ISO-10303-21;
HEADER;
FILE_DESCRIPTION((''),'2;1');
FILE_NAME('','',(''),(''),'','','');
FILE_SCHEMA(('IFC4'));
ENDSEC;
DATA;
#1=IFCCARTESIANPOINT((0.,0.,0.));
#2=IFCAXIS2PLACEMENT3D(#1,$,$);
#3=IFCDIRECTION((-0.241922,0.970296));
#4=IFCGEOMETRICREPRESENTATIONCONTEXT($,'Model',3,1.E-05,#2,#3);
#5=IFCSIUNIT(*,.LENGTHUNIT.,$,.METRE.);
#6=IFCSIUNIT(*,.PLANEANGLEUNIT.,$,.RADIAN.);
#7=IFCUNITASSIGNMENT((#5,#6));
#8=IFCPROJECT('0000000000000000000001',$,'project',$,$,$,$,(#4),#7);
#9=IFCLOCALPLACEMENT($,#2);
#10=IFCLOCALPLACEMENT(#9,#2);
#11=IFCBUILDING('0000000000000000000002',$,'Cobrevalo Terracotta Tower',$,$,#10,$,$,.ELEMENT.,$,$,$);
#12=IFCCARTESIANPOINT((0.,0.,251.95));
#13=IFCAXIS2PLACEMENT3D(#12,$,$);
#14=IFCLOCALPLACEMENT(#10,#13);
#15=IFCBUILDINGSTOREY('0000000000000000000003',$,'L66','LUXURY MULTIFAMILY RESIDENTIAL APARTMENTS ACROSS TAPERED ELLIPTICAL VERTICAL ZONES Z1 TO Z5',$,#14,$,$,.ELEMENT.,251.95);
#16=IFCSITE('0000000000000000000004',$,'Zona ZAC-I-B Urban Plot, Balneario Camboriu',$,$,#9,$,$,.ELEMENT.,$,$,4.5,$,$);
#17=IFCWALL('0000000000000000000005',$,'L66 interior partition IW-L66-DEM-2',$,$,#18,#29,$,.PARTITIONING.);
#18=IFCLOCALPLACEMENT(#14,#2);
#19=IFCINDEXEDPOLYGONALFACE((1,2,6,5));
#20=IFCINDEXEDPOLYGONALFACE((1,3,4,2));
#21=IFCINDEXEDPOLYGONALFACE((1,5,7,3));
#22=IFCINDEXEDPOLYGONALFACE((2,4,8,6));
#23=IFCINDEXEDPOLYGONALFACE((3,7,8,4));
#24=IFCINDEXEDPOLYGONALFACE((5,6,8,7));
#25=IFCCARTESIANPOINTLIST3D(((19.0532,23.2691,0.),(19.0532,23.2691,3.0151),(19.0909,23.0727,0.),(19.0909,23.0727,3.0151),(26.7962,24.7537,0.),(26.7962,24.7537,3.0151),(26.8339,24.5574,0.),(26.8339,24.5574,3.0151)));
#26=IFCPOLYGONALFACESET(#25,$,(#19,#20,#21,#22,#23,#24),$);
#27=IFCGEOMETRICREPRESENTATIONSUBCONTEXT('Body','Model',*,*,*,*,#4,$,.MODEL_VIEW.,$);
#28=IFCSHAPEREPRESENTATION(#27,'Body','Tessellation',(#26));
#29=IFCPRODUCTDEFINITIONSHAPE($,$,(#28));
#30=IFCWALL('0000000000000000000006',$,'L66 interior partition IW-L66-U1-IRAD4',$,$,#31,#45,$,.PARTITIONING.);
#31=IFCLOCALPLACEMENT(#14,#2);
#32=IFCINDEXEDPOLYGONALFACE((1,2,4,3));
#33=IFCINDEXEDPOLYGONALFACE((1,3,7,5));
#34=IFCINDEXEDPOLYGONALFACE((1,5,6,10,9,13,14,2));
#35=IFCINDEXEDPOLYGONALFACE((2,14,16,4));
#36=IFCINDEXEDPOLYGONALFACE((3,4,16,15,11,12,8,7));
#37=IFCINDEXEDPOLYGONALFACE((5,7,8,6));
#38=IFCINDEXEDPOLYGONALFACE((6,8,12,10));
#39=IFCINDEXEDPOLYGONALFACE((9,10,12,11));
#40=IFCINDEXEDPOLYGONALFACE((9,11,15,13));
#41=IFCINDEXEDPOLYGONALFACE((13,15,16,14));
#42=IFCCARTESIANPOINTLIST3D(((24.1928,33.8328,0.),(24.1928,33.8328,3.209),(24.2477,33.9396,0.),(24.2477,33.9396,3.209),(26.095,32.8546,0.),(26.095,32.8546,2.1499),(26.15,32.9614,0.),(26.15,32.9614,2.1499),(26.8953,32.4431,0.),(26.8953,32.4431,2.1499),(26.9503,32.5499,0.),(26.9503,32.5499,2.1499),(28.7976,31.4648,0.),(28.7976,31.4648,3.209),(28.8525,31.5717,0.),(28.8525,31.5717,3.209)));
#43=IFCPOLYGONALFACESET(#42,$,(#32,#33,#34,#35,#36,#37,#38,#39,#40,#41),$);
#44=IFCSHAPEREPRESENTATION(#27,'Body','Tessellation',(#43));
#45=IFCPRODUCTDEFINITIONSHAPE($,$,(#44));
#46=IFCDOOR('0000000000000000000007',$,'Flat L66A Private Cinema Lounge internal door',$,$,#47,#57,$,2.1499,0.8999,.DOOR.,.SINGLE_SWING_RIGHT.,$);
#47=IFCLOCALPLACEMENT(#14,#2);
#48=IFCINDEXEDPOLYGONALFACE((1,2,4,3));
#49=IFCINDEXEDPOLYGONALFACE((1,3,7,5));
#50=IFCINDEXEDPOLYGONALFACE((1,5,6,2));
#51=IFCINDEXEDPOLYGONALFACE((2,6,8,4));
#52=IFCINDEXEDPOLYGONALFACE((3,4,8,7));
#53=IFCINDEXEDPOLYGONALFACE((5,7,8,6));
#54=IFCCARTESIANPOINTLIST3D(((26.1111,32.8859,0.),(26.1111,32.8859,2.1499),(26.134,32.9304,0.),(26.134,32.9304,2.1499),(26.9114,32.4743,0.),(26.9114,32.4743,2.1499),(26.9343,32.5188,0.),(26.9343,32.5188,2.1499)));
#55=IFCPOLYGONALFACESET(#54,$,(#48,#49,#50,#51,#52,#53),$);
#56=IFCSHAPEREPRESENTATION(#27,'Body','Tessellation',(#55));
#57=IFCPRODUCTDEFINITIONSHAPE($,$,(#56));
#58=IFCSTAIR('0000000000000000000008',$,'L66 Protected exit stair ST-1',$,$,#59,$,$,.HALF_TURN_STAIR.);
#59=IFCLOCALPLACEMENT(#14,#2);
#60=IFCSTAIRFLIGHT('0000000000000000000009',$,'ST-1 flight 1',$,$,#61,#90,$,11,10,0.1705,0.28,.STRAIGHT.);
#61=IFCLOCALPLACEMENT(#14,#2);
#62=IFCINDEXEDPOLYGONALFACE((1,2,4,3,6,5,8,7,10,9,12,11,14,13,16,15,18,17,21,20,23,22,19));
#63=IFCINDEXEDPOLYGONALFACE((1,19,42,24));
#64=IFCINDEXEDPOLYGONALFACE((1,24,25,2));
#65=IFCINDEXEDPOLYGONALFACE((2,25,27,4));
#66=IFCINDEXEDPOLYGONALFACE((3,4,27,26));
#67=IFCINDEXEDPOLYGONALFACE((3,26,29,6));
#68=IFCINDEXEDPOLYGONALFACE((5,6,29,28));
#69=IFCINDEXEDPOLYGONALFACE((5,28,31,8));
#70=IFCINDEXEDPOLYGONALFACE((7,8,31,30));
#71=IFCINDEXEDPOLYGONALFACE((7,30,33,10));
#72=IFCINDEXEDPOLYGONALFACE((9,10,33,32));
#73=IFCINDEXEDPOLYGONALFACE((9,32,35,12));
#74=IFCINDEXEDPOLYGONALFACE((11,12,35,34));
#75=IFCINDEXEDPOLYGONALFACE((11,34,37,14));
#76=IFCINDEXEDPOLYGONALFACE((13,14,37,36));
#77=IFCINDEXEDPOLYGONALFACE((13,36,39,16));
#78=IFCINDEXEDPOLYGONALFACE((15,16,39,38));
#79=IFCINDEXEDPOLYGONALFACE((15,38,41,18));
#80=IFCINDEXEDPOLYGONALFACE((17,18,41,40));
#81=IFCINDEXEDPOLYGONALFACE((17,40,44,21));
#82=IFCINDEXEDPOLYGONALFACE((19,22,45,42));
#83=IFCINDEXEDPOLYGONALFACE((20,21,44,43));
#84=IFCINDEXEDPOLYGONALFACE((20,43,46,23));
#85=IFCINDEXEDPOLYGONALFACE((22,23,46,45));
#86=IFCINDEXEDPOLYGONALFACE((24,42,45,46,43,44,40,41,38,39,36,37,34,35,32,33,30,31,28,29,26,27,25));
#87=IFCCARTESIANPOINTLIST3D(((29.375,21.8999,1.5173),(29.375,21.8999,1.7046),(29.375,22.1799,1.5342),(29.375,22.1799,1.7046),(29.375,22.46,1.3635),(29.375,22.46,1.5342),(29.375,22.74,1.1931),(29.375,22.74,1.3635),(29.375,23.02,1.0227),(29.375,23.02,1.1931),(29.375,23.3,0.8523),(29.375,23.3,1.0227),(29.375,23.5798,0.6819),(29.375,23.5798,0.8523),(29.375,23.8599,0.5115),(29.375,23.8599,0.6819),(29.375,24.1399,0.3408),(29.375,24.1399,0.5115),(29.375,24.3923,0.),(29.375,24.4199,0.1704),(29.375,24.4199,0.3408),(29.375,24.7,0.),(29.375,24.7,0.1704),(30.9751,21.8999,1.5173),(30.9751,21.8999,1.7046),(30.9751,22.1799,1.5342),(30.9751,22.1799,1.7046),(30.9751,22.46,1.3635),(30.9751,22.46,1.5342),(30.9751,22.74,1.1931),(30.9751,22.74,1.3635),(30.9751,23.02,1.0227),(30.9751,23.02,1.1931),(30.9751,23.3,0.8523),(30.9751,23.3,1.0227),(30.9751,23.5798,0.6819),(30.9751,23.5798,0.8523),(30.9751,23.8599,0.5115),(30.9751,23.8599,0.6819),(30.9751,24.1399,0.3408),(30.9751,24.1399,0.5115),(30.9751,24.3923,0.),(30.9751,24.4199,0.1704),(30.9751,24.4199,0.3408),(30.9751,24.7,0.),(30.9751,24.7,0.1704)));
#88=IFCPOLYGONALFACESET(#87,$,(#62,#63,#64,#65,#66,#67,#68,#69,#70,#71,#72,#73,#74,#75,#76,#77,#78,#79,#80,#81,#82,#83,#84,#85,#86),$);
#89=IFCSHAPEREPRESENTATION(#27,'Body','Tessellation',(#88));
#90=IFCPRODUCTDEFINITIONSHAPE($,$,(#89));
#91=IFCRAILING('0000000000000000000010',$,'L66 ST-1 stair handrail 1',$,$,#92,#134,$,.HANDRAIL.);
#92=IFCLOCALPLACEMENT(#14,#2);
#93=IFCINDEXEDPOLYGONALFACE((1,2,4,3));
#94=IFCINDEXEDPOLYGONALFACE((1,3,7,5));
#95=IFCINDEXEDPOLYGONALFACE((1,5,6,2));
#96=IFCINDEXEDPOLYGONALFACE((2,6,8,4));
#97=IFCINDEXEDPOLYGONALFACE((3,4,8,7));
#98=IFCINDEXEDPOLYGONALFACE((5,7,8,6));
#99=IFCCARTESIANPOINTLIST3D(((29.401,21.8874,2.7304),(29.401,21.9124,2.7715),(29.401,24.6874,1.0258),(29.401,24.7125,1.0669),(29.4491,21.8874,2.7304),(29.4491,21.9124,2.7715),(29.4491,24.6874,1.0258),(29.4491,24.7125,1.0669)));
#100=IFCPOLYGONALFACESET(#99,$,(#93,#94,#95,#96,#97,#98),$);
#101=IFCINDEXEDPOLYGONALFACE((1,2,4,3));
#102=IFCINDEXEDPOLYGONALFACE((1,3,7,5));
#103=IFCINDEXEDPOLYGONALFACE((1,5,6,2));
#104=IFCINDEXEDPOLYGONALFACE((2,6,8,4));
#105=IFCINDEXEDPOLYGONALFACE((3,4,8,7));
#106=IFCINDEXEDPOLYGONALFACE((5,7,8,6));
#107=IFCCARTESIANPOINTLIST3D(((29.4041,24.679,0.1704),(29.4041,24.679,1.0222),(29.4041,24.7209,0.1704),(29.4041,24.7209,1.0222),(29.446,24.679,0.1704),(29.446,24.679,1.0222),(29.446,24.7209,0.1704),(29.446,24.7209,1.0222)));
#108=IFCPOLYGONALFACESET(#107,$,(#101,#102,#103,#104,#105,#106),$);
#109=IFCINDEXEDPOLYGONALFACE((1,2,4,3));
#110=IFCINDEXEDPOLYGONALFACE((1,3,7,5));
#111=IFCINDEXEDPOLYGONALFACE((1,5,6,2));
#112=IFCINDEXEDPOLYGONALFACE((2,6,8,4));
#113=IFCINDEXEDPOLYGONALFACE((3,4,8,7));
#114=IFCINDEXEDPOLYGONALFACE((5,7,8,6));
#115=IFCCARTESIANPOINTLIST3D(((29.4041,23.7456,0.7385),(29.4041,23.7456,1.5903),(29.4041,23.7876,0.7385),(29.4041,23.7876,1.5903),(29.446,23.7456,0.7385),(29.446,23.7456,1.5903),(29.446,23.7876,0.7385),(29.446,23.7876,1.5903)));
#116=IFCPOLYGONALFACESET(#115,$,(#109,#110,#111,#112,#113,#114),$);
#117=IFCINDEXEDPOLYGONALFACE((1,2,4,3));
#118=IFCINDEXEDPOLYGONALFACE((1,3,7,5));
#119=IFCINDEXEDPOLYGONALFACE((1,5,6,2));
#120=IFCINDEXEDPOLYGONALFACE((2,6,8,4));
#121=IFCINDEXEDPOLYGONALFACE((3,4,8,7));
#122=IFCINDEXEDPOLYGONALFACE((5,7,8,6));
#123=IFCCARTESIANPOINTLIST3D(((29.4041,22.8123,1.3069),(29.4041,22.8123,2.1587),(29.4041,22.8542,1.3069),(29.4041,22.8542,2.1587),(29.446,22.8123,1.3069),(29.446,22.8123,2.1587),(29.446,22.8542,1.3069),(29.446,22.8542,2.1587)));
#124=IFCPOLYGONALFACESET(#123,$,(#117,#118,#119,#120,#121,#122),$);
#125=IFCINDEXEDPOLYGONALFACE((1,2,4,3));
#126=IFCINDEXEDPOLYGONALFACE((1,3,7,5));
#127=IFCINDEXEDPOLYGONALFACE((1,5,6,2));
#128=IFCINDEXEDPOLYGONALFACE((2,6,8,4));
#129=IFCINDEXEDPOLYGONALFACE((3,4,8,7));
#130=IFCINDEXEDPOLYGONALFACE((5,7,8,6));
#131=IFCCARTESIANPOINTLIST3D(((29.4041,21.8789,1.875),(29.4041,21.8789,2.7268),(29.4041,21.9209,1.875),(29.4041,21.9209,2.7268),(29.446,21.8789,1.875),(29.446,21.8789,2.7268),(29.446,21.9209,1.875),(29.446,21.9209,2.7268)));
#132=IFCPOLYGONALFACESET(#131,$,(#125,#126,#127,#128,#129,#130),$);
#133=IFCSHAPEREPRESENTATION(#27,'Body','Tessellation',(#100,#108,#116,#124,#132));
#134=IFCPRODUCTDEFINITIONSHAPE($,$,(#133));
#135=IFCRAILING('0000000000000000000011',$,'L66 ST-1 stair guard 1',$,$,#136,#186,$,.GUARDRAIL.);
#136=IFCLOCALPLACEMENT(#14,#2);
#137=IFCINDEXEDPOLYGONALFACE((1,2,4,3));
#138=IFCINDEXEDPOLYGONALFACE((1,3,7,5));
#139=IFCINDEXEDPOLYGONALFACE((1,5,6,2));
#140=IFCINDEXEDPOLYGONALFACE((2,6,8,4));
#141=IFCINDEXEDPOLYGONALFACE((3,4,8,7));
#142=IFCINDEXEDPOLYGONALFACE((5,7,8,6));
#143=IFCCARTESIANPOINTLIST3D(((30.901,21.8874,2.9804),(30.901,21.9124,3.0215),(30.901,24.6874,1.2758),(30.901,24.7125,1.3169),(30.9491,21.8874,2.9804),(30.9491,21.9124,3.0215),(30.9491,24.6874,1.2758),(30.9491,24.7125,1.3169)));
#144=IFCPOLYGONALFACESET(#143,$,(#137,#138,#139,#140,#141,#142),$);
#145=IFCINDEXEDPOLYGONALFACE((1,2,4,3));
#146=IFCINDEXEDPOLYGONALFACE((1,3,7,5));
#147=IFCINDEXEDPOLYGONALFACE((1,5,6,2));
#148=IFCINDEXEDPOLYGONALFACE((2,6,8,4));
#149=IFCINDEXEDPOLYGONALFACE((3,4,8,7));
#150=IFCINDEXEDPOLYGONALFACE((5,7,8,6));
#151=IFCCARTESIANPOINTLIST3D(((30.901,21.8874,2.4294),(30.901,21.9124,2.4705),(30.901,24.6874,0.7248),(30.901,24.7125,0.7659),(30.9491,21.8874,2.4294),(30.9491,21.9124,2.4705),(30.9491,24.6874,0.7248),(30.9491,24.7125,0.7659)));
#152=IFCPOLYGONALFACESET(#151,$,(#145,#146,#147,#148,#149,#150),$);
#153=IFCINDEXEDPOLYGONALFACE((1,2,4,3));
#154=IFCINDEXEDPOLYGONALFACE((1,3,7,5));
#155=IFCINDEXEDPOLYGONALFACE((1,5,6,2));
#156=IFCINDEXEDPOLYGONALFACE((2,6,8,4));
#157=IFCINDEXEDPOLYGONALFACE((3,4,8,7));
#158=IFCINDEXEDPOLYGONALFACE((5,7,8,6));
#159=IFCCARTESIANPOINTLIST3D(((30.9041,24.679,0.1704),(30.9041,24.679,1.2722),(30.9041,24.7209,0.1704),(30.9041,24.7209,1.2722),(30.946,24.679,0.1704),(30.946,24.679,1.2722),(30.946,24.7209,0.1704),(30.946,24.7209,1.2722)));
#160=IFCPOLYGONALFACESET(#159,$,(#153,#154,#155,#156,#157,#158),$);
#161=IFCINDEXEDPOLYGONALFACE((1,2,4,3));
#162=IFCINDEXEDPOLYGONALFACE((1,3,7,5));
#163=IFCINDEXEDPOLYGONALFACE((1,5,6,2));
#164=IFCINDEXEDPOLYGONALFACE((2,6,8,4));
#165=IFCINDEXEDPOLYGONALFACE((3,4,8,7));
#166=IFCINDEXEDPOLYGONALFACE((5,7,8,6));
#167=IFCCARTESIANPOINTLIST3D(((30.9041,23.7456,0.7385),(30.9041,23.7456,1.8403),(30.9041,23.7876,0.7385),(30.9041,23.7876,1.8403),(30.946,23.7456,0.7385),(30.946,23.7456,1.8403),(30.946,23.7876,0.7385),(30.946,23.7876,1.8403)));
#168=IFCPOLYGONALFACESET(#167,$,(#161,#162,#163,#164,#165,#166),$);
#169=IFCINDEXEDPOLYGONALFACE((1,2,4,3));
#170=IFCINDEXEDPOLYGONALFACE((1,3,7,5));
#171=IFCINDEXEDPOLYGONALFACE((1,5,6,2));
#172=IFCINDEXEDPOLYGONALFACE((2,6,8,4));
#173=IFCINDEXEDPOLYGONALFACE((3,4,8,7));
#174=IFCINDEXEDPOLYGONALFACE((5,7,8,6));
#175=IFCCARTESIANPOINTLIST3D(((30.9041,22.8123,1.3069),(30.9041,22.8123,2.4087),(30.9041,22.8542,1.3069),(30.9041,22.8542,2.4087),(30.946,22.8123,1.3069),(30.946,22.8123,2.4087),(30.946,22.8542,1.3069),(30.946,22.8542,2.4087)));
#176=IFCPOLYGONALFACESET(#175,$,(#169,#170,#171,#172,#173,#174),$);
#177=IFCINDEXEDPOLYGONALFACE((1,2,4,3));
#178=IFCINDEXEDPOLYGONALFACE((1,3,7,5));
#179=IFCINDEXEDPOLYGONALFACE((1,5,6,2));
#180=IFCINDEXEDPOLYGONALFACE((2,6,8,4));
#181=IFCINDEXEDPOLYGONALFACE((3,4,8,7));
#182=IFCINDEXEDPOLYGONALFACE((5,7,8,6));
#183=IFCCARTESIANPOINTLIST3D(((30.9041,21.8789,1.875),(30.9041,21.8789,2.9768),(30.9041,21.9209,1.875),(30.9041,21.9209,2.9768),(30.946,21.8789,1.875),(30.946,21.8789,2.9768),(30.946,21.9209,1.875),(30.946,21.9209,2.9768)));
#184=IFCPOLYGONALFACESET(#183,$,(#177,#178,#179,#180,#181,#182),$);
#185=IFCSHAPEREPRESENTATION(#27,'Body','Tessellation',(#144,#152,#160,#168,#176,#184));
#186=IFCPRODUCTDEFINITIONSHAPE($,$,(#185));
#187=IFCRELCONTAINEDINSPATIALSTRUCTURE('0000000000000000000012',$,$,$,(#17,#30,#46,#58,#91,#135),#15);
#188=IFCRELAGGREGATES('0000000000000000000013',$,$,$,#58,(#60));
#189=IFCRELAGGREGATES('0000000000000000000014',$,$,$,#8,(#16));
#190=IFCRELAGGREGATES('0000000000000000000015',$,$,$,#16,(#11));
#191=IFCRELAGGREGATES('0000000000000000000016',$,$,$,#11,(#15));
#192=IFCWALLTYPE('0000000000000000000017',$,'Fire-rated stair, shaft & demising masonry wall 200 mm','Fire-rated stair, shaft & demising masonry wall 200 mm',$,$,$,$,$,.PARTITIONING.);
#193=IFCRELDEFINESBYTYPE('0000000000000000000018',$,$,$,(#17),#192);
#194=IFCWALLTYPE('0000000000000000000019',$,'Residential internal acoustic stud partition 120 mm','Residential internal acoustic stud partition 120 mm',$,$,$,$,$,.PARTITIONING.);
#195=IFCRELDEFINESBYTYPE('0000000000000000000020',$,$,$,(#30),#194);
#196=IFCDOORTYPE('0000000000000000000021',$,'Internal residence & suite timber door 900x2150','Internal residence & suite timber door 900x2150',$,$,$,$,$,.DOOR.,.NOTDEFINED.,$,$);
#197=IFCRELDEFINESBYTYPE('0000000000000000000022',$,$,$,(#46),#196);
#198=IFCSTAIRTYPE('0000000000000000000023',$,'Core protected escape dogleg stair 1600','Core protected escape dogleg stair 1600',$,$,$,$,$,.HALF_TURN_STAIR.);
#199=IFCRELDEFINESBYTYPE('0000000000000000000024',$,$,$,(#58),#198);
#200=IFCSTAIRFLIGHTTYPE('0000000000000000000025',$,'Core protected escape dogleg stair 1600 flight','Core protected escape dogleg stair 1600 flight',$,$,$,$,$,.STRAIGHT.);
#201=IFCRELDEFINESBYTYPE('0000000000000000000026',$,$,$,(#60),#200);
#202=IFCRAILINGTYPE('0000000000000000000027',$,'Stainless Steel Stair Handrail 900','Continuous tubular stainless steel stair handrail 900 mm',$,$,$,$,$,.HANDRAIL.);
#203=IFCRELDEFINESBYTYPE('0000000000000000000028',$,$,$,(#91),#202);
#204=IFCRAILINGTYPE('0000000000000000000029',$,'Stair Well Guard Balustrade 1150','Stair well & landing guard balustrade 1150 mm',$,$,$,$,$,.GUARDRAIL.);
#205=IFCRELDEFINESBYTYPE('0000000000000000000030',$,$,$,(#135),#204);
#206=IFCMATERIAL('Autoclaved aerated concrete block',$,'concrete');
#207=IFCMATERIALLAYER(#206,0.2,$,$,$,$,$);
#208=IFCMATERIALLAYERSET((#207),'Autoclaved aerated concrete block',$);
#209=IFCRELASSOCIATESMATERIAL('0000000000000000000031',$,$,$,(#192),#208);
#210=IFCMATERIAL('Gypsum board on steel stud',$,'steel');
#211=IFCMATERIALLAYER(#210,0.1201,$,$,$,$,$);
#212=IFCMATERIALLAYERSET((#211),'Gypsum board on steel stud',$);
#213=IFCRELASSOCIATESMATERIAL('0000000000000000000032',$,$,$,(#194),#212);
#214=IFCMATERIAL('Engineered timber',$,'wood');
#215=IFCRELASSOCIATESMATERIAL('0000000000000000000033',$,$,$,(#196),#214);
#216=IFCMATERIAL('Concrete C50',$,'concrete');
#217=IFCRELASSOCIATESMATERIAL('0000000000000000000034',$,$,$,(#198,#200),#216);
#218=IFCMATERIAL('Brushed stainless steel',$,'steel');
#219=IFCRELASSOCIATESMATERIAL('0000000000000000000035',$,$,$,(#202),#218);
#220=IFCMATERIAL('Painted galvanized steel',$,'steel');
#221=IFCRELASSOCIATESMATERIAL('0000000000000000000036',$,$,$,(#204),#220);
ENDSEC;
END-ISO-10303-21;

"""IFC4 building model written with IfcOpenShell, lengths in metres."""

from ifc_helpers import new_model, si_unit, direction, frame, frame_2d, origin, origin_2d, place, context, subcontext, project, spatial, polyline, rectangle, outline, extrude, source, transform, mapped, material, layer, layer_set, type_object, element, fill, aggregate, save


model = new_model("IFC4")

# Units and contexts
model_context = context("Model", 3, precision=1e-05, world=origin(), true_north=direction((-0.241922, 0.970296)))
body_context = subcontext(model_context, "Body", "Model", "MODEL_VIEW")
ifc_project = project(units=[si_unit("LENGTHUNIT", "METRE"), si_unit("PLANEANGLEUNIT", "RADIAN")], contexts=[model_context])

# Site, building, storey
site_placement = place(None, origin())
site = spatial("IfcSite", under=ifc_project, at=site_placement, Name="Zona ZAC-I-B Urban Plot, Balneario Camboriu", CompositionType="ELEMENT", RefElevation=4.5)
building_placement = place(site_placement, origin())
building = spatial("IfcBuilding", under=site, at=building_placement, Name="Cobrevalo Terracotta Tower", CompositionType="ELEMENT")
storey_placement = place(building_placement, frame((0.0, 0.0, 251.95)))
storey = spatial("IfcBuildingStorey", under=building, at=storey_placement, Name="L66", Description="LUXURY MULTIFAMILY RESIDENTIAL APARTMENTS ACROSS TAPERED ELLIPTICAL VERTICAL ZONES Z1 TO Z5", CompositionType="ELEMENT", Elevation=251.95)

# Shared definitions
ifc_material_1 = material(Name="Gypsum board on steel stud", Category="steel")

# Shared definitions
ifc_material_2 = material(Name="Brushed stainless steel", Category="steel")

# Wall
ifc_material_3 = material(Name="Autoclaved aerated concrete block", Category="concrete")
ifc_layer_1 = layer(ifc_material_3, 0.2)
ifc_layer_set_1 = layer_set([ifc_layer_1], Name="Autoclaved aerated concrete block")
wall_type_1 = type_object("IfcWallType", Name="Fire-rated stair, shaft & demising masonry wall 200 mm", Description="Fire-rated stair, shaft & demising masonry wall 200 mm", PredefinedType="PARTITIONING", material=ifc_layer_set_1)
wall_1_placement = place(storey_placement, frame((26.8149, 24.6555, 0.0), z_axis=(0.0, 0.0, 1.0), x_axis=(-0.98211, -0.188309, 0.0)))
element("IfcWall", 1, at=wall_1_placement, inside=storey, type_object=wall_type_1, Name="L66 interior partition IW-L66-DEM-2", PredefinedType="PARTITIONING", context=body_context, shape_type="SweptSolid", body=[
    extrude(rectangle(XDim=7.884, YDim=0.2, at=frame_2d((3.9419, 0.0))), origin(), (0.0, 0.0, 1.0), 3.0151),
])

# Wall, opening, door
ifc_layer_2 = layer(ifc_material_1, 0.1201)
ifc_layer_set_2 = layer_set([ifc_layer_2], Name="Gypsum board on steel stud")
wall_type_2 = type_object("IfcWallType", Name="Residential internal acoustic stud partition 120 mm", Description="Residential internal acoustic stud partition 120 mm", PredefinedType="PARTITIONING", material=ifc_layer_set_2)
wall_2_placement = place(storey_placement, frame((28.825, 31.5183, 0.0), z_axis=(0.0, 0.0, 1.0), x_axis=(-0.889306, 0.457313, 0.0)))
wall_2 = element("IfcWall", 2, at=wall_2_placement, inside=storey, type_object=wall_type_2, Name="L66 interior partition IW-L66-U1-IRAD4", PredefinedType="PARTITIONING", context=body_context, shape_type="SweptSolid", body=[
    extrude(rectangle(XDim=5.178, YDim=0.1201, at=frame_2d((2.5889, 0.0))), origin(), (0.0, 0.0, 1.0), 3.209),
])
opening_1_placement = place(wall_2_placement, frame((2.1389, 0.0, 0.0)))
opening_1 = element("IfcOpeningElement", 3, at=opening_1_placement, cuts=wall_2, PredefinedType="OPENING", context=body_context, shape_type="SweptSolid", body=[
    extrude(rectangle(XDim=0.8999, YDim=2.1499, at=frame_2d((0.45, 1.075))), frame((0.0, 0.0701, 0.0), z_axis=(0.0, -1.0, 0.0), x_axis=(1.0, 0.0, 0.0)), (0.0, 0.0, 1.0), 0.1401),
])
ifc_material_4 = material(Name="Engineered timber", Category="wood")
door_type_1 = type_object("IfcDoorType", Name="Internal residence & suite timber door 900x2150", Description="Internal residence & suite timber door 900x2150", OperationType="NOTDEFINED", PredefinedType="DOOR", material=ifc_material_4)
shared_shape_1 = source(origin(), body_context, "Body", "SweptSolid", [
    extrude(rectangle(XDim=0.8999, YDim=2.1499, at=frame_2d((0.45, 1.075))), frame((0.0, 0.0249, 0.0), z_axis=(0.0, -1.0, 0.0), x_axis=(1.0, 0.0, 0.0)), (0.0, 0.0, 1.0), 0.05),
])
door_1_placement = place(opening_1_placement, origin())
door_1 = element("IfcDoor", 4, at=door_1_placement, inside=storey, type_object=door_type_1, Name="Flat L66A Private Cinema Lounge internal door", OperationType="SINGLE_SWING_RIGHT", OverallHeight=2.1499, OverallWidth=0.8999, PredefinedType="DOOR", context=body_context, shape_type="MappedRepresentation", body=[
    mapped(shared_shape_1, transform((0.0, 0.0, 0.0), scale=1.0)),
])
fill(opening_1, door_1)
ifc_material_5 = material(Name="Concrete C50", Category="concrete")

# Stair, stair flight
stair_type = type_object("IfcStairType", Name="Core protected escape dogleg stair 1600", Description="Core protected escape dogleg stair 1600", PredefinedType="HALF_TURN_STAIR", material=ifc_material_5)
stair_placement = place(storey_placement, origin())
stair = element("IfcStair", 5, at=stair_placement, inside=storey, type_object=stair_type, Name="L66 Protected exit stair ST-1", PredefinedType="HALF_TURN_STAIR")
stair_flight_type = type_object("IfcStairFlightType", Name="Core protected escape dogleg stair 1600 flight", Description="Core protected escape dogleg stair 1600 flight", PredefinedType="STRAIGHT", material=ifc_material_5)
stair_flight_placement = place(storey_placement, frame((30.175, 24.7, 0.0), z_axis=(0.0, 0.0, 1.0), x_axis=(0.0, -1.0, 0.0)))
stair_flight = element("IfcStairFlight", 6, at=stair_flight_placement, type_object=stair_flight_type, Name="ST-1 flight 1", NumberOfRisers=11, NumberOfTreads=10, PredefinedType="STRAIGHT", RiserHeight=0.1705, TreadLength=0.28, context=body_context, shape_type="SweptSolid", body=[
    extrude(outline(polyline([(0.0, 0.0), (0.0, 0.1704), (0.28, 0.1704), (0.28, 0.3408), (0.5601, 0.3408), (0.5601, 0.5115), (0.8401, 0.5115), (0.8401, 0.6819), (1.1201, 0.6819), (1.1201, 0.8523), (1.3999, 0.8523), (1.3999, 1.0227), (1.6799, 1.0227), (1.6799, 1.1931), (1.96, 1.1931), (1.96, 1.3635), (2.24, 1.3635), (2.24, 1.5342), (2.52, 1.5342), (2.52, 1.7046), (2.8, 1.7046), (2.8, 1.875), (2.8, 1.5173), (0.3076, 0.0), (0.0, 0.0)])), frame((0.0, 0.8, 0.0), z_axis=(0.0, -1.0, 0.0), x_axis=(1.0, 0.0, 0.0)), (0.0, 0.0, 1.0), 1.6001),
])
aggregate(stair, [stair_flight])

# Railings
railing_type_1 = type_object("IfcRailingType", Name="Stainless Steel Stair Handrail 900", Description="Continuous tubular stainless steel stair handrail 900 mm", PredefinedType="HANDRAIL", material=ifc_material_2)
railing_1_placement = place(storey_placement, frame((29.425, 24.7, 0.1704)))
element("IfcRailing", 7, at=railing_1_placement, inside=storey, type_object=railing_type_1, Name="L66 ST-1 stair handrail 1", PredefinedType="HANDRAIL", context=body_context, shape_type="SweptSolid", body=[
    extrude(rectangle(XDim=0.0481, YDim=0.0481, at=origin_2d()), frame((0.0, 0.0, 0.876), z_axis=(0.0, -0.85417, 0.519994), x_axis=(1.0, 0.0, 0.0)), (0.0, 0.0, 1.0), 3.2781),
    extrude(rectangle(XDim=0.042, YDim=0.042, at=origin_2d()), origin(), (0.0, 0.0, 1.0), 0.8518),
    extrude(rectangle(XDim=0.042, YDim=0.042, at=origin_2d()), frame((0.0, -0.9333, 0.5681)), (0.0, 0.0, 1.0), 0.8518),
    extrude(rectangle(XDim=0.042, YDim=0.042, at=origin_2d()), frame((0.0, -1.8667, 1.1365)), (0.0, 0.0, 1.0), 0.8518),
    extrude(rectangle(XDim=0.042, YDim=0.042, at=origin_2d()), frame((0.0, -2.8, 1.7046)), (0.0, 0.0, 1.0), 0.8518),
])
ifc_material_6 = material(Name="Painted galvanized steel", Category="steel")
railing_type_2 = type_object("IfcRailingType", Name="Stair Well Guard Balustrade 1150", Description="Stair well & landing guard balustrade 1150 mm", PredefinedType="GUARDRAIL", material=ifc_material_6)
railing_2_placement = place(storey_placement, frame((30.925, 24.7, 0.1704)))
element("IfcRailing", 8, at=railing_2_placement, inside=storey, type_object=railing_type_2, Name="L66 ST-1 stair guard 1", PredefinedType="GUARDRAIL", context=body_context, shape_type="SweptSolid", body=[
    extrude(rectangle(XDim=0.0481, YDim=0.0481, at=origin_2d()), frame((0.0, 0.0, 1.126), z_axis=(0.0, -0.85417, 0.519994), x_axis=(1.0, 0.0, 0.0)), (0.0, 0.0, 1.0), 3.2781),
    extrude(rectangle(XDim=0.0481, YDim=0.0481, at=origin_2d()), frame((0.0, 0.0, 0.575), z_axis=(0.0, -0.85417, 0.519994), x_axis=(1.0, 0.0, 0.0)), (0.0, 0.0, 1.0), 3.2781),
    extrude(rectangle(XDim=0.042, YDim=0.042, at=origin_2d()), origin(), (0.0, 0.0, 1.0), 1.1018),
    extrude(rectangle(XDim=0.042, YDim=0.042, at=origin_2d()), frame((0.0, -0.9333, 0.5681)), (0.0, 0.0, 1.0), 1.1018),
    extrude(rectangle(XDim=0.042, YDim=0.042, at=origin_2d()), frame((0.0, -1.8667, 1.1365)), (0.0, 0.0, 1.0), 1.1018),
    extrude(rectangle(XDim=0.042, YDim=0.042, at=origin_2d()), frame((0.0, -2.8, 1.7046)), (0.0, 0.0, 1.0), 1.1018),
])

save(model, "model.ifc")
